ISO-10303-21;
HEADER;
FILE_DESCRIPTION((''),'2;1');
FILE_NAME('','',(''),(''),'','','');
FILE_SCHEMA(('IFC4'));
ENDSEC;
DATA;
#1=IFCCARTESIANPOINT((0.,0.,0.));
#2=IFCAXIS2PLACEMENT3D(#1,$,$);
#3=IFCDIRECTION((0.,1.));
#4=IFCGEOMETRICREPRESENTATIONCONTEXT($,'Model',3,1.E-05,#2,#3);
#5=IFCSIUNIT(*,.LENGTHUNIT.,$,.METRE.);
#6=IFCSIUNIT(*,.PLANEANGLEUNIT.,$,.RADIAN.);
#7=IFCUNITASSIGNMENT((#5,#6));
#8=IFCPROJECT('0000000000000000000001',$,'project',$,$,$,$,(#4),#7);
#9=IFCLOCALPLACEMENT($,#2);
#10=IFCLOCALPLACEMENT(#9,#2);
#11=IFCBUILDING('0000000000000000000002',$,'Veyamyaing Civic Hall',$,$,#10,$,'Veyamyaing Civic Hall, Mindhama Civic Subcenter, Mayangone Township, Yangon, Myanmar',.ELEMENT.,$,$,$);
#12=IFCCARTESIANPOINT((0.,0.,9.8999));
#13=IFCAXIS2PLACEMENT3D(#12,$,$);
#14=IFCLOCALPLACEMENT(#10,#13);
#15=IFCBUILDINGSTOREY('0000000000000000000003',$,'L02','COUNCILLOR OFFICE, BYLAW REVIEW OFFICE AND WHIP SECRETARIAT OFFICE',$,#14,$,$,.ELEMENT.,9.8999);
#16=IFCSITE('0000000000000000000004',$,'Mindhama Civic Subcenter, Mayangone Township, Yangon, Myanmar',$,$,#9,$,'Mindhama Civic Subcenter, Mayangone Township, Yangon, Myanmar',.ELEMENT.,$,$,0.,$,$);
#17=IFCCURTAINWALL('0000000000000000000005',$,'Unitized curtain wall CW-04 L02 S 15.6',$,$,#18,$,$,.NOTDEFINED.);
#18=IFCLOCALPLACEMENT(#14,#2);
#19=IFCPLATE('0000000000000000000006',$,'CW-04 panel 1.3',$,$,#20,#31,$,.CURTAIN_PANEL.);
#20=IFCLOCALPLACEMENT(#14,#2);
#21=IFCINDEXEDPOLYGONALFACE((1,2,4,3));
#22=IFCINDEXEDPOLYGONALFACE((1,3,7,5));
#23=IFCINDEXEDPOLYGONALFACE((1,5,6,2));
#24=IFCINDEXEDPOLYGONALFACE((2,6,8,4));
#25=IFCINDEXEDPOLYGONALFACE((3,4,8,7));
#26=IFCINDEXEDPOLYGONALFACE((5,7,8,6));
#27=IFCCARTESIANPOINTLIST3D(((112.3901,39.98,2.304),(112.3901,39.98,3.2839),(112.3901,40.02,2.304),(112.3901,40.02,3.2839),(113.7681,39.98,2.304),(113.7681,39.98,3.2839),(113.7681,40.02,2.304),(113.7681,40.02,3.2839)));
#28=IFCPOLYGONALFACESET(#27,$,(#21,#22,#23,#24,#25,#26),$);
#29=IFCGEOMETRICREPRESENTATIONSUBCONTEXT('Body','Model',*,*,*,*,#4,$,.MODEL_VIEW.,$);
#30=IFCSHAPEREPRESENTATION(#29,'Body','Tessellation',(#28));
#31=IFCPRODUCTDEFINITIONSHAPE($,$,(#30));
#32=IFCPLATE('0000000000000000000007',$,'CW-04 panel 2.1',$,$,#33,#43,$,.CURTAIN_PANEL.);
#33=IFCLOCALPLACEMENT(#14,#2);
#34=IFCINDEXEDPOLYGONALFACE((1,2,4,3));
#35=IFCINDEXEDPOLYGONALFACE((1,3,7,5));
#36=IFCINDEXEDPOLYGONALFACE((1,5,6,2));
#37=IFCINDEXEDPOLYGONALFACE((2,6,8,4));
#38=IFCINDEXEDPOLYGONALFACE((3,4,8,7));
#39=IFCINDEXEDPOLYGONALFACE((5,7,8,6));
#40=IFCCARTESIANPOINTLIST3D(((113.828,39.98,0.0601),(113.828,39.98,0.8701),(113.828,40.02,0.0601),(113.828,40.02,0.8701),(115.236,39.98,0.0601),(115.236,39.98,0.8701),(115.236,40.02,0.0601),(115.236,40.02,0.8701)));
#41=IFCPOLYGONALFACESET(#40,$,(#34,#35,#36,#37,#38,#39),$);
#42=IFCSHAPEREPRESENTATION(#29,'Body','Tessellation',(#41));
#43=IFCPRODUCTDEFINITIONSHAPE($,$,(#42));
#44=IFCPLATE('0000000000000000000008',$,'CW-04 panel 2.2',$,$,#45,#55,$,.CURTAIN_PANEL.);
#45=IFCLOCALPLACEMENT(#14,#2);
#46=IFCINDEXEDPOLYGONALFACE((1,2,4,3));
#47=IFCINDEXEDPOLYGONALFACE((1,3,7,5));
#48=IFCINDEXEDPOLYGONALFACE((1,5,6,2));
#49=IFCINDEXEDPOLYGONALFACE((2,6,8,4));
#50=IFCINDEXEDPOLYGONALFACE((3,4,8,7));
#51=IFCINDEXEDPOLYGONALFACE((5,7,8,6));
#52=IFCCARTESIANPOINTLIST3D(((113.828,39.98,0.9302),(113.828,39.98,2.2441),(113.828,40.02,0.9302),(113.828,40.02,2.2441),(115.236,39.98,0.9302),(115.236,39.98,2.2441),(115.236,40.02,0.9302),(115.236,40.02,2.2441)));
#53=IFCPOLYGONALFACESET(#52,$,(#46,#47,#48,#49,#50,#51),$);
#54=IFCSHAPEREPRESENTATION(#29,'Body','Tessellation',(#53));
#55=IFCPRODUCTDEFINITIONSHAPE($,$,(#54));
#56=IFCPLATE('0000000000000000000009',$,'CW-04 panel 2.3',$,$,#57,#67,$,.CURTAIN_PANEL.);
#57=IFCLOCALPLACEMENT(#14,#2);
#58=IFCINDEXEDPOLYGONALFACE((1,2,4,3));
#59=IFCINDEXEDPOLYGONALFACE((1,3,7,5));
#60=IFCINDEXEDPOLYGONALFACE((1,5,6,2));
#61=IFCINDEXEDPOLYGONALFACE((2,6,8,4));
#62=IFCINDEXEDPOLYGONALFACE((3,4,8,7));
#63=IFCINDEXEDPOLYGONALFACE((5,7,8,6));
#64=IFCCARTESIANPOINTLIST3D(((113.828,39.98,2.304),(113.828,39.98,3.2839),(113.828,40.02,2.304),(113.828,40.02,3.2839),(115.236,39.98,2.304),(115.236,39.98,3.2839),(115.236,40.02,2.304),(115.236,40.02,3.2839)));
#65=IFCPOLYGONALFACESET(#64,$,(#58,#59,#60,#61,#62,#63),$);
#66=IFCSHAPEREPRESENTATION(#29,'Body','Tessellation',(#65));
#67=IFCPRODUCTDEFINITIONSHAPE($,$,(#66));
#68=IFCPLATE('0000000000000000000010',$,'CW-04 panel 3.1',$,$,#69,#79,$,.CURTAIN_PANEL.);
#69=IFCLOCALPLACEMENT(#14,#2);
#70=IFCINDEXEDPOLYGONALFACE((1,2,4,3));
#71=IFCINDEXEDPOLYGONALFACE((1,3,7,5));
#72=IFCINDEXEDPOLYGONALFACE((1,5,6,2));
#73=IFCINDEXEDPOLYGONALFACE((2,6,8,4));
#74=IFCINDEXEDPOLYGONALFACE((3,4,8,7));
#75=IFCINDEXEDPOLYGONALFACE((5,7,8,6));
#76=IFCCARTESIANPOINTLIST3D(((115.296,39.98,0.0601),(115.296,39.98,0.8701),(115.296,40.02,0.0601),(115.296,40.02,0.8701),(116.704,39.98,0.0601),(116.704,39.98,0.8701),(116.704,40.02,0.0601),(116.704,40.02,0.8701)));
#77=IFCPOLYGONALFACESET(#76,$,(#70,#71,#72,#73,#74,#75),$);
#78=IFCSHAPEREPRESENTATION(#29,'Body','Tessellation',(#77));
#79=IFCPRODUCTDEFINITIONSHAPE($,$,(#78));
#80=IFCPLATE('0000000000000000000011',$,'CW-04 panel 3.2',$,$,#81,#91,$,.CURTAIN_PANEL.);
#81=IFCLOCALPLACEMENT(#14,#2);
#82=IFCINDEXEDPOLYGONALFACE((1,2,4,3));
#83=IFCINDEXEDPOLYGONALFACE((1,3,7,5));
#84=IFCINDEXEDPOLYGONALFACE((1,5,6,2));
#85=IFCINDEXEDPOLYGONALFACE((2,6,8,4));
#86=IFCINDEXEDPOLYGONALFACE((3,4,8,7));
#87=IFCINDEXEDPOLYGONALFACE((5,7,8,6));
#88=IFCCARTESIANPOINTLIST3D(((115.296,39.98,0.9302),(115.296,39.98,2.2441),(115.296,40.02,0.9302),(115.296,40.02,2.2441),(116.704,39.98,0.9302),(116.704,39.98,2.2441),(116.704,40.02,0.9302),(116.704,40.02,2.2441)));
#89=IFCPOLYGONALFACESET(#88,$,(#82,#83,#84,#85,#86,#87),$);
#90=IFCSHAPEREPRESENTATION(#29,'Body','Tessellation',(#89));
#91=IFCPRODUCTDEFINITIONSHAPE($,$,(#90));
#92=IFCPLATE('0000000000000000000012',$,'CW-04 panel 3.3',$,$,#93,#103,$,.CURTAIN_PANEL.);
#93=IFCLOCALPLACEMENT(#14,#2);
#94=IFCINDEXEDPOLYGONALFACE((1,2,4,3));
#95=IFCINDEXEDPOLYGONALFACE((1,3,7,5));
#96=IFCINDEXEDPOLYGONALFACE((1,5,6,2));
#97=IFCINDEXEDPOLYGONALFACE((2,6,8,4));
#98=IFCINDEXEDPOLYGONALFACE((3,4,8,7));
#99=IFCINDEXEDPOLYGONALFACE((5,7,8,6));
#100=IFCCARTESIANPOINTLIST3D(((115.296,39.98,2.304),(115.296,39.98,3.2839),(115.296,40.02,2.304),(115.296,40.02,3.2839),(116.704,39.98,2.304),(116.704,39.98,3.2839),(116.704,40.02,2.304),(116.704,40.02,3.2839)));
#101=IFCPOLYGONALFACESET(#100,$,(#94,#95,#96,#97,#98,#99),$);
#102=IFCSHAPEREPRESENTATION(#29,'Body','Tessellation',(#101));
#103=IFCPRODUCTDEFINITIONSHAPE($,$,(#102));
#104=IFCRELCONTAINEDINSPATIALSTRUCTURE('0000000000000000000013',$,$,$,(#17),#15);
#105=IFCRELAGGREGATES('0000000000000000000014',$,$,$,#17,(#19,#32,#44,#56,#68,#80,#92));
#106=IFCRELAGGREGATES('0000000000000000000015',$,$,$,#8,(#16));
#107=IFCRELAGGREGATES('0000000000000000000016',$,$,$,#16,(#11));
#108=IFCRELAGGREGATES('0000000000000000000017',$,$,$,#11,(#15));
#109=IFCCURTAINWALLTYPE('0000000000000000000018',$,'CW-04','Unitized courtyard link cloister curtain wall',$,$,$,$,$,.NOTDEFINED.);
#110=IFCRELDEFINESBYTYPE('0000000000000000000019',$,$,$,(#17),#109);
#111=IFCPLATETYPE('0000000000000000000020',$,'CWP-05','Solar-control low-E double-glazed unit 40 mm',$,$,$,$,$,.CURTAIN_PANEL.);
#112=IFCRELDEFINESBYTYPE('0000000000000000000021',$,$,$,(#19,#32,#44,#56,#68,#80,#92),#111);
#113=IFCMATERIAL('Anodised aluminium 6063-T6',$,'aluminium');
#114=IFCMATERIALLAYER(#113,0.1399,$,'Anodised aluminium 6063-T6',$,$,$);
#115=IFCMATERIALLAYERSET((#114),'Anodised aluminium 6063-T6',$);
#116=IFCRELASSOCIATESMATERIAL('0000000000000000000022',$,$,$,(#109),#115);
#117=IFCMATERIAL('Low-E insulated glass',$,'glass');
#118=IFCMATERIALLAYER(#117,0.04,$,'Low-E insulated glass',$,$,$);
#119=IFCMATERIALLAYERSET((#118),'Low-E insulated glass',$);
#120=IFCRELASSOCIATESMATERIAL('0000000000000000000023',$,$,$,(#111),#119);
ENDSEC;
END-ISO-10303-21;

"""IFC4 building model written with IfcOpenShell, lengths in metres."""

from ifc_helpers import new_model, si_unit, direction, frame, origin, origin_2d, place, context, subcontext, project, spatial, rectangle, extrude, material, layer, layer_set, type_object, element, aggregate, save


model = new_model("IFC4")

# Units and contexts
model_context = context("Model", 3, precision=1e-05, world=origin(), true_north=direction((0.0, 1.0)))
body_context = subcontext(model_context, "Body", "Model", "MODEL_VIEW")
ifc_project = project(units=[si_unit("LENGTHUNIT", "METRE"), si_unit("PLANEANGLEUNIT", "RADIAN")], contexts=[model_context])

# Site, building, storey
site_placement = place(None, origin())
site = spatial("IfcSite", under=ifc_project, at=site_placement, Name="Mindhama Civic Subcenter, Mayangone Township, Yangon, Myanmar", LongName="Mindhama Civic Subcenter, Mayangone Township, Yangon, Myanmar", CompositionType="ELEMENT", RefElevation=0.0)
building_placement = place(site_placement, origin())
building = spatial("IfcBuilding", under=site, at=building_placement, Name="Veyamyaing Civic Hall", LongName="Veyamyaing Civic Hall, Mindhama Civic Subcenter, Mayangone Township, Yangon, Myanmar", CompositionType="ELEMENT")
storey_placement = place(building_placement, frame((0.0, 0.0, 9.8999)))
storey = spatial("IfcBuildingStorey", under=building, at=storey_placement, Name="L02", Description="COUNCILLOR OFFICE, BYLAW REVIEW OFFICE AND WHIP SECRETARIAT OFFICE", CompositionType="ELEMENT", Elevation=9.8999)

# Curtain wall, plates
ifc_material_1 = material(Name="Anodised aluminium 6063-T6", Category="aluminium")
ifc_layer_1 = layer(ifc_material_1, 0.1399, Name="Anodised aluminium 6063-T6")
ifc_layer_set_1 = layer_set([ifc_layer_1], Name="Anodised aluminium 6063-T6")
curtain_wall_type = type_object("IfcCurtainWallType", Name="CW-04", Description="Unitized courtyard link cloister curtain wall", PredefinedType="NOTDEFINED", material=ifc_layer_set_1)
curtain_wall_placement = place(storey_placement, origin())
curtain_wall = element("IfcCurtainWall", 1, at=curtain_wall_placement, inside=storey, type_object=curtain_wall_type, Name="Unitized curtain wall CW-04 L02 S 15.6", PredefinedType="NOTDEFINED")
ifc_material_2 = material(Name="Low-E insulated glass", Category="glass")
ifc_layer_2 = layer(ifc_material_2, 0.04, Name="Low-E insulated glass")
ifc_layer_set_2 = layer_set([ifc_layer_2], Name="Low-E insulated glass")
plate_type = type_object("IfcPlateType", Name="CWP-05", Description="Solar-control low-E double-glazed unit 40 mm", PredefinedType="CURTAIN_PANEL", material=ifc_layer_set_2)
plate_1_placement = place(storey_placement, frame((113.0791, 40.0, 2.304), z_axis=(0.0, 0.0, 1.0), x_axis=(1.0, 0.0, 0.0)))
plate_1 = element("IfcPlate", 2, at=plate_1_placement, type_object=plate_type, Name="CW-04 panel 1.3", PredefinedType="CURTAIN_PANEL", context=body_context, shape_type="SweptSolid", body=[
    extrude(rectangle(XDim=1.3779, YDim=0.04, at=origin_2d()), origin(), (0.0, 0.0, 1.0), 0.98),
])
plate_2_placement = place(storey_placement, frame((114.532, 40.0, 0.0601), z_axis=(0.0, 0.0, 1.0), x_axis=(1.0, 0.0, 0.0)))
plate_2 = element("IfcPlate", 3, at=plate_2_placement, type_object=plate_type, Name="CW-04 panel 2.1", PredefinedType="CURTAIN_PANEL", context=body_context, shape_type="SweptSolid", body=[
    extrude(rectangle(XDim=1.408, YDim=0.04, at=origin_2d()), origin(), (0.0, 0.0, 1.0), 0.8101),
])
plate_3_placement = place(storey_placement, frame((114.532, 40.0, 0.9302), z_axis=(0.0, 0.0, 1.0), x_axis=(1.0, 0.0, 0.0)))
plate_3 = element("IfcPlate", 4, at=plate_3_placement, type_object=plate_type, Name="CW-04 panel 2.2", PredefinedType="CURTAIN_PANEL", context=body_context, shape_type="SweptSolid", body=[
    extrude(rectangle(XDim=1.408, YDim=0.04, at=origin_2d()), origin(), (0.0, 0.0, 1.0), 1.314),
])
plate_4_placement = place(storey_placement, frame((114.532, 40.0, 2.304), z_axis=(0.0, 0.0, 1.0), x_axis=(1.0, 0.0, 0.0)))
plate_4 = element("IfcPlate", 5, at=plate_4_placement, type_object=plate_type, Name="CW-04 panel 2.3", PredefinedType="CURTAIN_PANEL", context=body_context, shape_type="SweptSolid", body=[
    extrude(rectangle(XDim=1.408, YDim=0.04, at=origin_2d()), origin(), (0.0, 0.0, 1.0), 0.98),
])
plate_5_placement = place(storey_placement, frame((116.0, 40.0, 0.0601), z_axis=(0.0, 0.0, 1.0), x_axis=(1.0, 0.0, 0.0)))
plate_5 = element("IfcPlate", 6, at=plate_5_placement, type_object=plate_type, Name="CW-04 panel 3.1", PredefinedType="CURTAIN_PANEL", context=body_context, shape_type="SweptSolid", body=[
    extrude(rectangle(XDim=1.408, YDim=0.04, at=origin_2d()), origin(), (0.0, 0.0, 1.0), 0.8101),
])
plate_6_placement = place(storey_placement, frame((116.0, 40.0, 0.9302), z_axis=(0.0, 0.0, 1.0), x_axis=(1.0, 0.0, 0.0)))
plate_6 = element("IfcPlate", 7, at=plate_6_placement, type_object=plate_type, Name="CW-04 panel 3.2", PredefinedType="CURTAIN_PANEL", context=body_context, shape_type="SweptSolid", body=[
    extrude(rectangle(XDim=1.408, YDim=0.04, at=origin_2d()), origin(), (0.0, 0.0, 1.0), 1.314),
])
plate_7_placement = place(storey_placement, frame((116.0, 40.0, 2.304), z_axis=(0.0, 0.0, 1.0), x_axis=(1.0, 0.0, 0.0)))
plate_7 = element("IfcPlate", 8, at=plate_7_placement, type_object=plate_type, Name="CW-04 panel 3.3", PredefinedType="CURTAIN_PANEL", context=body_context, shape_type="SweptSolid", body=[
    extrude(rectangle(XDim=1.408, YDim=0.04, at=origin_2d()), origin(), (0.0, 0.0, 1.0), 0.98),
])
aggregate(curtain_wall, [plate_1, plate_2, plate_3, plate_4, plate_5, plate_6, plate_7])

save(model, "model.ifc")
